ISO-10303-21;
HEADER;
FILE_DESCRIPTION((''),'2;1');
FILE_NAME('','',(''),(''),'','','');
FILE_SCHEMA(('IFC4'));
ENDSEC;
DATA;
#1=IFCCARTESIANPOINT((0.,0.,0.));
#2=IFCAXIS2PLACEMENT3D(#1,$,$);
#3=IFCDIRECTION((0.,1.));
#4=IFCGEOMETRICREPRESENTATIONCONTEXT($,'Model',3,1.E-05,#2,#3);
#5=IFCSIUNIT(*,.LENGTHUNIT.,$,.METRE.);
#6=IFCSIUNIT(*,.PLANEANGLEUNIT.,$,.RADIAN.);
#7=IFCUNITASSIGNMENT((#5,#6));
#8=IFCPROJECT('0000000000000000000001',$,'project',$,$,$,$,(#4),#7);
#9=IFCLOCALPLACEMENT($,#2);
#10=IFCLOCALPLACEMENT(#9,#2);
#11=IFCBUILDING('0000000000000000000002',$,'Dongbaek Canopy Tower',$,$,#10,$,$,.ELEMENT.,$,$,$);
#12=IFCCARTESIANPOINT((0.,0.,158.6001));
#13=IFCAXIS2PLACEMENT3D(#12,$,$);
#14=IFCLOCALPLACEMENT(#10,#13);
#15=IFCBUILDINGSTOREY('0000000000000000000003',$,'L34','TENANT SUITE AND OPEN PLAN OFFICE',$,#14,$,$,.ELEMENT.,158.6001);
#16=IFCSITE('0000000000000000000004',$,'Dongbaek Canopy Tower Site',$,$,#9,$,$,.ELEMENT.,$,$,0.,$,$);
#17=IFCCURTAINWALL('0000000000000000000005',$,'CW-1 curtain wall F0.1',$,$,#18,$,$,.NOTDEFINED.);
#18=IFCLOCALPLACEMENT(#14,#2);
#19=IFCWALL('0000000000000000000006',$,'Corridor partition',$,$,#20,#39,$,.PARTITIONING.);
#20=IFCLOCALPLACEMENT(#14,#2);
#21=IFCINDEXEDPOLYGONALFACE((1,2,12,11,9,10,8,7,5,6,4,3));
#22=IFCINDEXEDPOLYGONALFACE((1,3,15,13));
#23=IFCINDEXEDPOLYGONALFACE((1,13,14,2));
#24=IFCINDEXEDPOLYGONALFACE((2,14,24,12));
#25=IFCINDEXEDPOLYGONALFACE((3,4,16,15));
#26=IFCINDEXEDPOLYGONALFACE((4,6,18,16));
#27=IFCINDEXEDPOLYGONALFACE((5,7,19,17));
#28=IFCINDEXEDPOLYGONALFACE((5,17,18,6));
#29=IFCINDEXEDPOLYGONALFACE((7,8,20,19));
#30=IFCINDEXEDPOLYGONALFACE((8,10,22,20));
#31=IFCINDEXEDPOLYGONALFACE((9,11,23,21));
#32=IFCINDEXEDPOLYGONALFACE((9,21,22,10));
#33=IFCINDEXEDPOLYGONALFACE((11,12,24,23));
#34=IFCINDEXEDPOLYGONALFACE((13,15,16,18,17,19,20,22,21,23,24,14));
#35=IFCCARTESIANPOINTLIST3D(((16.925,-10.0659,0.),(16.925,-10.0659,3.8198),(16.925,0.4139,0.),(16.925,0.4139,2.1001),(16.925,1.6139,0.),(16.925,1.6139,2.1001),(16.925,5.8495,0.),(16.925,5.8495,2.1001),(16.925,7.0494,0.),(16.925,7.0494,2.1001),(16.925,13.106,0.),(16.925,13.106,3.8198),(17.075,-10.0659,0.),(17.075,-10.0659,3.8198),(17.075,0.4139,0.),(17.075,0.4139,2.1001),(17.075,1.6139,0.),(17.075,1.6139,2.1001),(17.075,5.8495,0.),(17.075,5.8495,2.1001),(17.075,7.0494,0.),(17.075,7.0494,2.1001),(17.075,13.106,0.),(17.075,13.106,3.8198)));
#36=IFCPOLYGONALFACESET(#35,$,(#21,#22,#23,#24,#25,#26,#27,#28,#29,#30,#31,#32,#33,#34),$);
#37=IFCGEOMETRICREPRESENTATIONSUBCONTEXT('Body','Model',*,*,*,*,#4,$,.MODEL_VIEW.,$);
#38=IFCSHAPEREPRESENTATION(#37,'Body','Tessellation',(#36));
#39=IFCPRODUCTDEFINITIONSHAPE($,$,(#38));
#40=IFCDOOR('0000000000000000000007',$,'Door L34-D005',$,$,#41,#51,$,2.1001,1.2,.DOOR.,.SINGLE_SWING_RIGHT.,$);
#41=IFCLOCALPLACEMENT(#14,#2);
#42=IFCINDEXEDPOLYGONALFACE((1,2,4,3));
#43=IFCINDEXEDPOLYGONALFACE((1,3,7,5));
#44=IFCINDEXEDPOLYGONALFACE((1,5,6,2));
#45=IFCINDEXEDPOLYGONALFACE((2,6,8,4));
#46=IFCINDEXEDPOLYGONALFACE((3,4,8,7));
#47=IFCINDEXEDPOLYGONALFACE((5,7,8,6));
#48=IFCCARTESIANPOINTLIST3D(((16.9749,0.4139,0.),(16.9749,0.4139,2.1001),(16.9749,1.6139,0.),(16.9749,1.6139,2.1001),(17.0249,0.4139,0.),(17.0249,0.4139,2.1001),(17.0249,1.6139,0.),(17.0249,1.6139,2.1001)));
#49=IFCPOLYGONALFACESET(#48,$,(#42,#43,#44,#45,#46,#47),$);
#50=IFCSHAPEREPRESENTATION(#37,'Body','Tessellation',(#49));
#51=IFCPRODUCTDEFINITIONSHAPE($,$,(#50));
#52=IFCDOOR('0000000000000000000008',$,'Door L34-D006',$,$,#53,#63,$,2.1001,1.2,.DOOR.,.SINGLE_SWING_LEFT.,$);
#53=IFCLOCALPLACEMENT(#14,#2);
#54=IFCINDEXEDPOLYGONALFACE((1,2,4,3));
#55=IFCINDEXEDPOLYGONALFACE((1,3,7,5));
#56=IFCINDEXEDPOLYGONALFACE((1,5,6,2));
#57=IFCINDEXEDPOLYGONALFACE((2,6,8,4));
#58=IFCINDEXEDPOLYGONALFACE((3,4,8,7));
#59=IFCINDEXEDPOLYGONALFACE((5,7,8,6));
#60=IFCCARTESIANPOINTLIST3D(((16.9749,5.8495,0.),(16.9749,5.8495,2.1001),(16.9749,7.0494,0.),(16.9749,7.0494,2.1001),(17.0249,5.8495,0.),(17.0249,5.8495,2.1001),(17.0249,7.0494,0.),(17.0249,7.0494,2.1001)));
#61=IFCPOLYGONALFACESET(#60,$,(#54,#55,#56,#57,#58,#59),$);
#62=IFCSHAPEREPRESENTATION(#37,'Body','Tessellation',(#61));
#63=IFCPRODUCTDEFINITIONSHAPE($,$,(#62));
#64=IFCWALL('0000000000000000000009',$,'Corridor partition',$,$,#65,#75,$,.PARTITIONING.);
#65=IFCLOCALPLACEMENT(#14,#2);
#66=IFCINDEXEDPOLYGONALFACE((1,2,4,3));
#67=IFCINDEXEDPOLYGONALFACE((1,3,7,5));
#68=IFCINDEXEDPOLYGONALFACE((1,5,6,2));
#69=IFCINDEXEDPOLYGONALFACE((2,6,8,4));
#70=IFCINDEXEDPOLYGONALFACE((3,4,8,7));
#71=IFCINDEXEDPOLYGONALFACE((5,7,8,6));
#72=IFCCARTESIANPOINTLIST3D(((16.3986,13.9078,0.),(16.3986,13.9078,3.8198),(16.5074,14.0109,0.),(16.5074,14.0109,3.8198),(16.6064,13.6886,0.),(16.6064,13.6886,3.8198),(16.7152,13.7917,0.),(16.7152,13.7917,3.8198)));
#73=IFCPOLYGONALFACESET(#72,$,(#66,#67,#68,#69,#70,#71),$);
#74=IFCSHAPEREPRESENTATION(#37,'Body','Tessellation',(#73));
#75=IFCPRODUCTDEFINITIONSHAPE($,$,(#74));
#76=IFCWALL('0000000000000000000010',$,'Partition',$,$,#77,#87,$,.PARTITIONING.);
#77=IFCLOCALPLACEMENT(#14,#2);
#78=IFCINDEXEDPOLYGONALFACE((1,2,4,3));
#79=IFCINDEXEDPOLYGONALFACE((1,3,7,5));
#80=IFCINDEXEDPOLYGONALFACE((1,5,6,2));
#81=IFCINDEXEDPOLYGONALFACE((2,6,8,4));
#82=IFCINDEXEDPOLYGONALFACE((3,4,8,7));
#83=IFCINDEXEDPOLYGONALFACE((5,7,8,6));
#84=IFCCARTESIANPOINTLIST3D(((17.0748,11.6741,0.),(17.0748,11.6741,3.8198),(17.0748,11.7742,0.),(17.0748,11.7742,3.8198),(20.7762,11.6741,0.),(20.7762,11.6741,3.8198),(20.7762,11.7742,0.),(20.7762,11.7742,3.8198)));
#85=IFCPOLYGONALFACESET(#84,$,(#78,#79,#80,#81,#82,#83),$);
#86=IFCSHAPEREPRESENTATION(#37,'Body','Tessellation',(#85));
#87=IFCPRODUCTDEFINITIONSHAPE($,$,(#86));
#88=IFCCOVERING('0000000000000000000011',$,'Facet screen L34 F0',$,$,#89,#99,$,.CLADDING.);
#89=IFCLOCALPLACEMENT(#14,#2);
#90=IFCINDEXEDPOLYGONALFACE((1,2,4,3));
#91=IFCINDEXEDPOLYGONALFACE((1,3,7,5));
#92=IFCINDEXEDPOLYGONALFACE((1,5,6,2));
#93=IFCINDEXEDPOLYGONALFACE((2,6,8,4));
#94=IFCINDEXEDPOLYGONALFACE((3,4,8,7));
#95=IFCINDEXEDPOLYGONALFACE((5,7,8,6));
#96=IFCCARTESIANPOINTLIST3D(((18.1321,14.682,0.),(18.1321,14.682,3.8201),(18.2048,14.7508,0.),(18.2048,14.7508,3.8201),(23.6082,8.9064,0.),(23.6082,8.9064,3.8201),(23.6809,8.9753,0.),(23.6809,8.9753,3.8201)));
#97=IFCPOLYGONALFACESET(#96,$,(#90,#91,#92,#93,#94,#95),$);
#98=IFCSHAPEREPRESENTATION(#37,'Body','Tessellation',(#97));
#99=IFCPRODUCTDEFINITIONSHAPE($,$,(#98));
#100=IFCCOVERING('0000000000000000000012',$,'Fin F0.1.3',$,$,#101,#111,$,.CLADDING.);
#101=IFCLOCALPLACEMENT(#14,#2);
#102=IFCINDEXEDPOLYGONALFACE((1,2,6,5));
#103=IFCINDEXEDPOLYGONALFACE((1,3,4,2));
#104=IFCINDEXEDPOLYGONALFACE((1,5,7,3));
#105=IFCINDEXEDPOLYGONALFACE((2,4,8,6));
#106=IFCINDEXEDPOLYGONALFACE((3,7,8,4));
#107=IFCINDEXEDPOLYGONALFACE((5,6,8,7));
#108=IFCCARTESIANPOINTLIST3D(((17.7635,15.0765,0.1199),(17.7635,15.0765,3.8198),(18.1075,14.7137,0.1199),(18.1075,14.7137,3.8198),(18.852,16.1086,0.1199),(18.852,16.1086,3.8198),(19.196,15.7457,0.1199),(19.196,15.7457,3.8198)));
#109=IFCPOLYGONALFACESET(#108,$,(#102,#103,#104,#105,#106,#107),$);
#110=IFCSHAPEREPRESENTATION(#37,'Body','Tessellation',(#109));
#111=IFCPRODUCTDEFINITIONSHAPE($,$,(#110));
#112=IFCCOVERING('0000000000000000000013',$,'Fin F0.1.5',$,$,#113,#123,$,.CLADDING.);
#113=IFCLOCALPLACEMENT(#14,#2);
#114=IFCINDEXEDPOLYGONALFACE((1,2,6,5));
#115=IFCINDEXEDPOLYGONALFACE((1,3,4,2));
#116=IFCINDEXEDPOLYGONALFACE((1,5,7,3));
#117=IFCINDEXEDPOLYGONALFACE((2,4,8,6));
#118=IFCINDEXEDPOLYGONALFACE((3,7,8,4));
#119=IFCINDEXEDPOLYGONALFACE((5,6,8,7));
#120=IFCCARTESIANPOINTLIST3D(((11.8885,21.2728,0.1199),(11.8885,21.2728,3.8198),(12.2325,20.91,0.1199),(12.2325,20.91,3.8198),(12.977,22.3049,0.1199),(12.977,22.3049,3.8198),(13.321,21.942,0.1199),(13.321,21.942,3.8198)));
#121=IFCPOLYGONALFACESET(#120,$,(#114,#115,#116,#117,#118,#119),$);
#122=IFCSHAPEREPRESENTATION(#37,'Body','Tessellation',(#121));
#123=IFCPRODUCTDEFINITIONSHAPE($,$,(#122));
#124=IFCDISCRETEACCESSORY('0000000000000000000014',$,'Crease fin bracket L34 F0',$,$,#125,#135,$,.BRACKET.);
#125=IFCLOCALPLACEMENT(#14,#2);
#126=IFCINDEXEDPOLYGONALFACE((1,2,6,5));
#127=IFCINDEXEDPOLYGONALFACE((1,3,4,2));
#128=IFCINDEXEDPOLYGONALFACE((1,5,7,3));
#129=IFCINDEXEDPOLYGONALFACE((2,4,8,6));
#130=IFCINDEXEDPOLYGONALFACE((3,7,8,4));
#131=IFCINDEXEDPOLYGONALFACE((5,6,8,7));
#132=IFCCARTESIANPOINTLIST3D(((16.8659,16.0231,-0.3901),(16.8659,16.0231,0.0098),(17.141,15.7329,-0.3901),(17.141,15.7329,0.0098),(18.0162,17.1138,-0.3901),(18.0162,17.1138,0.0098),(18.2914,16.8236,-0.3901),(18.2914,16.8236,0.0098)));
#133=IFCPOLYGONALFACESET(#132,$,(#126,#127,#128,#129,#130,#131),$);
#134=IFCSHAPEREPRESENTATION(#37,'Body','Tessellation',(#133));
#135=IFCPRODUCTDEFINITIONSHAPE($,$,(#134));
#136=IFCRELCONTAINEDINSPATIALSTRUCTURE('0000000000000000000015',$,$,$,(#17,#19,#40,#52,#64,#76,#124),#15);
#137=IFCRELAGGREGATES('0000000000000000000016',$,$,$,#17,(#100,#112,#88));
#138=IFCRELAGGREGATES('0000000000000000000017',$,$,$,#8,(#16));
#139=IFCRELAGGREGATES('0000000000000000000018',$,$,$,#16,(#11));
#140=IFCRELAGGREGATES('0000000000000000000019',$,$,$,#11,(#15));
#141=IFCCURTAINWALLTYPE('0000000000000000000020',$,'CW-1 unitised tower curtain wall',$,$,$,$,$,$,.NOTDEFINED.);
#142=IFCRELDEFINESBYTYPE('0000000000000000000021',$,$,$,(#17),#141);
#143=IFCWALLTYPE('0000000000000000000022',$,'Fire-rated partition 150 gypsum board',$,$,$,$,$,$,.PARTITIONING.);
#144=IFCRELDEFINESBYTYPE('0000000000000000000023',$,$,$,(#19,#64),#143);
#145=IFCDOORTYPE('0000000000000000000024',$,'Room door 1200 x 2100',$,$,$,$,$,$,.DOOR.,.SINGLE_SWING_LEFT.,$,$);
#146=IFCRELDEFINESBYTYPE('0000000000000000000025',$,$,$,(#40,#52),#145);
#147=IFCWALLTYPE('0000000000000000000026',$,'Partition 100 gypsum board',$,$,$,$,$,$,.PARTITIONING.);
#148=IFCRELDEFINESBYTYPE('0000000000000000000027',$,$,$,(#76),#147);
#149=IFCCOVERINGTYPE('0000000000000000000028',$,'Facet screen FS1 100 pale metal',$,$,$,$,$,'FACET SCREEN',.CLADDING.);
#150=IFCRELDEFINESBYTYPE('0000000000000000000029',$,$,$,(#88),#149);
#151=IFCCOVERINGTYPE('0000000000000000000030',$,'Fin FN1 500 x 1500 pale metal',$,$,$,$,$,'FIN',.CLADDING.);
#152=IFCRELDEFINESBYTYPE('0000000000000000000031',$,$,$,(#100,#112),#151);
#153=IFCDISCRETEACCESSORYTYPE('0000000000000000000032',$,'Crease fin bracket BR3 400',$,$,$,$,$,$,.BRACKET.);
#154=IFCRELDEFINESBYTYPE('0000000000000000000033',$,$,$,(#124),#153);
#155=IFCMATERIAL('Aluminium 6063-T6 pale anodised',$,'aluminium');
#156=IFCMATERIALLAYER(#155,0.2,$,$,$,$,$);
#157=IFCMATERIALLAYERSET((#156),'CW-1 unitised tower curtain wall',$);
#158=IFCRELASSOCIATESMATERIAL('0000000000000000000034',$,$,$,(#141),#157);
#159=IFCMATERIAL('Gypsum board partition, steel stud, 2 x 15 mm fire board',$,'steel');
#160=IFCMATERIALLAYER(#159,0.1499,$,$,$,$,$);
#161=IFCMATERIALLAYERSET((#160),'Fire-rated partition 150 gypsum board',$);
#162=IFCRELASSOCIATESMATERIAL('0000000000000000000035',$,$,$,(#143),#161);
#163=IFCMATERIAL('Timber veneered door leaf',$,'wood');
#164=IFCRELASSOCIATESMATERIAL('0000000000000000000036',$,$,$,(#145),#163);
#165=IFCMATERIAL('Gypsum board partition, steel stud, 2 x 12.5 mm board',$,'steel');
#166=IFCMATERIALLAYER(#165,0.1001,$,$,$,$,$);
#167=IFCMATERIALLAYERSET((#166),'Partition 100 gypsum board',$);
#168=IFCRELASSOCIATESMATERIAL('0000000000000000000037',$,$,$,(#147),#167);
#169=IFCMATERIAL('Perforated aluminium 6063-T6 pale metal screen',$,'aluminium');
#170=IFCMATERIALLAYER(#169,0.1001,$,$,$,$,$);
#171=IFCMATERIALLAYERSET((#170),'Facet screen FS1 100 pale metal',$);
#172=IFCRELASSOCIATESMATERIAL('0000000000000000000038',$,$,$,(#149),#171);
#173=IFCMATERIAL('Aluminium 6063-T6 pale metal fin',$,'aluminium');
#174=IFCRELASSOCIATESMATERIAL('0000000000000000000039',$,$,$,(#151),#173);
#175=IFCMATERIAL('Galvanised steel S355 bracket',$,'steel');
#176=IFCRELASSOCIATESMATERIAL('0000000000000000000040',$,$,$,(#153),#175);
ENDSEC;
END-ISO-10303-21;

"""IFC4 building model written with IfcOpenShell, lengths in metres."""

from ifc_helpers import new_model, si_unit, direction, frame, frame_2d, origin, origin_2d, place, context, subcontext, project, spatial, rectangle, extrude, material, layer, layer_set, material_profile, profile_set, type_object, element, fill, aggregate, save


model = new_model("IFC4")

# Units and contexts
model_context = context("Model", 3, precision=1e-05, world=origin(), true_north=direction((0.0, 1.0)))
body_context = subcontext(model_context, "Body", "Model", "MODEL_VIEW")
ifc_project = project(units=[si_unit("LENGTHUNIT", "METRE"), si_unit("PLANEANGLEUNIT", "RADIAN")], contexts=[model_context])

# Site, building, storey
site_placement = place(None, origin())
site = spatial("IfcSite", under=ifc_project, at=site_placement, Name="Dongbaek Canopy Tower Site", CompositionType="ELEMENT", RefElevation=0.0)
building_placement = place(site_placement, origin())
building = spatial("IfcBuilding", under=site, at=building_placement, Name="Dongbaek Canopy Tower", CompositionType="ELEMENT")
storey_placement = place(building_placement, frame((0.0, 0.0, 158.6001)))
storey = spatial("IfcBuildingStorey", under=building, at=storey_placement, Name="L34", Description="TENANT SUITE AND OPEN PLAN OFFICE", CompositionType="ELEMENT", Elevation=158.6001)

# Curtain wall
ifc_material_1 = material(Name="Aluminium 6063-T6 pale anodised", Category="aluminium")
ifc_layer_1 = layer(ifc_material_1, 0.2)
ifc_layer_set_1 = layer_set([ifc_layer_1], Name="CW-1 unitised tower curtain wall")
curtain_wall_type = type_object("IfcCurtainWallType", Name="CW-1 unitised tower curtain wall", PredefinedType="NOTDEFINED", material=ifc_layer_set_1)
curtain_wall_placement = place(storey_placement, origin())
curtain_wall = element("IfcCurtainWall", 1, at=curtain_wall_placement, inside=storey, type_object=curtain_wall_type, Name="CW-1 curtain wall F0.1", PredefinedType="NOTDEFINED")

# Wall, openings, doors
ifc_material_2 = material(Name="Gypsum board partition, steel stud, 2 x 15 mm fire board", Category="steel")
ifc_layer_2 = layer(ifc_material_2, 0.1499)
ifc_layer_set_2 = layer_set([ifc_layer_2], Name="Fire-rated partition 150 gypsum board")
wall_type_1 = type_object("IfcWallType", Name="Fire-rated partition 150 gypsum board", PredefinedType="PARTITIONING", material=ifc_layer_set_2)
wall_1_placement = place(storey_placement, frame((17.0, 13.106, 0.0), z_axis=(0.0, 0.0, 1.0), x_axis=(0.0, -1.0, 0.0)))
wall_1 = element("IfcWall", 2, at=wall_1_placement, inside=storey, type_object=wall_type_1, Name="Corridor partition", PredefinedType="PARTITIONING", context=body_context, shape_type="SweptSolid", body=[
    extrude(rectangle(XDim=23.1719, YDim=0.1499, at=frame_2d((11.5859, 0.0))), origin(), (0.0, 0.0, 1.0), 3.8198),
])
opening_1_placement = place(wall_1_placement, frame((11.4919, 0.0, 0.0)))
opening_1 = element("IfcOpeningElement", 3, at=opening_1_placement, cuts=wall_1, PredefinedType="OPENING", context=body_context, shape_type="SweptSolid", body=[
    extrude(rectangle(XDim=1.2, YDim=2.1001, at=frame_2d((0.6001, 1.05))), frame((0.0, 0.085, 0.0), z_axis=(0.0, -1.0, 0.0), x_axis=(1.0, 0.0, 0.0)), (0.0, 0.0, 1.0), 0.1699),
])
opening_2_placement = place(wall_1_placement, frame((6.0564, 0.0, 0.0)))
opening_2 = element("IfcOpeningElement", 4, at=opening_2_placement, cuts=wall_1, PredefinedType="OPENING", context=body_context, shape_type="SweptSolid", body=[
    extrude(rectangle(XDim=1.2, YDim=2.1001, at=frame_2d((0.6001, 1.05))), frame((0.0, 0.085, 0.0), z_axis=(0.0, -1.0, 0.0), x_axis=(1.0, 0.0, 0.0)), (0.0, 0.0, 1.0), 0.1699),
])
ifc_material_3 = material(Name="Timber veneered door leaf", Category="wood")
door_type = type_object("IfcDoorType", Name="Room door 1200 x 2100", OperationType="SINGLE_SWING_LEFT", PredefinedType="DOOR", material=ifc_material_3)
door_1_placement = place(opening_1_placement, origin())
door_1 = element("IfcDoor", 5, at=door_1_placement, inside=storey, type_object=door_type, Name="Door L34-D005", OperationType="SINGLE_SWING_RIGHT", OverallHeight=2.1001, OverallWidth=1.2, PredefinedType="DOOR", context=body_context, shape_type="SweptSolid", body=[
    extrude(rectangle(XDim=1.2, YDim=2.1001, at=frame_2d((0.6001, 1.05))), frame((0.0, 0.0249, 0.0), z_axis=(0.0, -1.0, 0.0), x_axis=(1.0, 0.0, 0.0)), (0.0, 0.0, 1.0), 0.05),
])
fill(opening_1, door_1)
door_2_placement = place(opening_2_placement, origin())
door_2 = element("IfcDoor", 6, at=door_2_placement, inside=storey, type_object=door_type, Name="Door L34-D006", OperationType="SINGLE_SWING_LEFT", OverallHeight=2.1001, OverallWidth=1.2, PredefinedType="DOOR", context=body_context, shape_type="SweptSolid", body=[
    extrude(rectangle(XDim=1.2, YDim=2.1001, at=frame_2d((0.6001, 1.05))), frame((0.0, 0.0249, 0.0), z_axis=(0.0, -1.0, 0.0), x_axis=(1.0, 0.0, 0.0)), (0.0, 0.0, 1.0), 0.05),
])
fill(opening_2, door_2)

# Walls
wall_2_placement = place(storey_placement, frame((16.4531, 13.9592, 0.0), z_axis=(0.0, 0.0, 1.0), x_axis=(0.687857, -0.725846, 0.0)))
element("IfcWall", 7, at=wall_2_placement, inside=storey, type_object=wall_type_1, Name="Corridor partition", PredefinedType="PARTITIONING", context=body_context, shape_type="SweptSolid", body=[
    extrude(rectangle(XDim=0.302, YDim=0.1499, at=frame_2d((0.1509, 0.0))), origin(), (0.0, 0.0, 1.0), 3.8198),
])
ifc_material_4 = material(Name="Gypsum board partition, steel stud, 2 x 12.5 mm board", Category="steel")
ifc_layer_3 = layer(ifc_material_4, 0.1001)
ifc_layer_set_3 = layer_set([ifc_layer_3], Name="Partition 100 gypsum board")
wall_type_2 = type_object("IfcWallType", Name="Partition 100 gypsum board", PredefinedType="PARTITIONING", material=ifc_layer_set_3)
wall_3_placement = place(storey_placement, frame((17.075, 11.7241, 0.0), z_axis=(0.0, 0.0, 1.0), x_axis=(1.0, 0.0, 0.0)))
element("IfcWall", 8, at=wall_3_placement, inside=storey, type_object=wall_type_2, Name="Partition", PredefinedType="PARTITIONING", context=body_context, shape_type="SweptSolid", body=[
    extrude(rectangle(XDim=3.7014, YDim=0.1001, at=frame_2d((1.8506, 0.0))), origin(), (0.0, 0.0, 1.0), 3.8198),
])

# Coverings
ifc_material_5 = material(Name="Perforated aluminium 6063-T6 pale metal screen", Category="aluminium")
ifc_layer_4 = layer(ifc_material_5, 0.1001)
ifc_layer_set_4 = layer_set([ifc_layer_4], Name="Facet screen FS1 100 pale metal")
covering_type_1 = type_object("IfcCoveringType", Name="Facet screen FS1 100 pale metal", ElementType="FACET SCREEN", PredefinedType="CLADDING", material=ifc_layer_set_4)
covering_1_placement = place(storey_placement, frame((20.9065, 11.8286, 0.0), z_axis=(0.0, 0.0, 1.0), x_axis=(-0.688043, 0.72567, 0.0)))
covering_1 = element("IfcCovering", 9, at=covering_1_placement, type_object=covering_type_1, Name="Facet screen L34 F0", PredefinedType="CLADDING", context=body_context, shape_type="SweptSolid", body=[
    extrude(rectangle(XDim=7.959, YDim=0.1001, at=origin_2d()), origin(), (0.0, 0.0, 1.0), 3.8201),
])
ifc_material_6 = material(Name="Aluminium 6063-T6 pale metal fin", Category="aluminium")
ifc_material_profile_1 = material_profile(ifc_material_6, rectangle(XDim=1.5, YDim=0.5, at=origin_2d()), Name="Fin FN1 500 x 1500 pale metal")
ifc_profile_set_1 = profile_set([ifc_material_profile_1], Name="Aluminium 6063-T6 pale metal fin")
covering_type_2 = type_object("IfcCoveringType", Name="Fin FN1 500 x 1500 pale metal", ElementType="FIN", PredefinedType="CLADDING", material=ifc_profile_set_1)
covering_2_placement = place(storey_placement, frame((18.4797, 15.4111, 0.1199), z_axis=(0.0, 0.0, 1.0), x_axis=(0.72567, 0.688043, 0.0)))
covering_2 = element("IfcCovering", 10, at=covering_2_placement, type_object=covering_type_2, Name="Fin F0.1.3", PredefinedType="CLADDING", context=body_context, shape_type="SweptSolid", body=[
    extrude(rectangle(XDim=1.5, YDim=0.5, at=origin_2d()), origin(), (0.0, 0.0, 1.0), 3.7),
])
covering_3_placement = place(storey_placement, frame((12.6047, 21.6074, 0.1199), z_axis=(0.0, 0.0, 1.0), x_axis=(0.72567, 0.688043, 0.0)))
covering_3 = element("IfcCovering", 11, at=covering_3_placement, type_object=covering_type_2, Name="Fin F0.1.5", PredefinedType="CLADDING", context=body_context, shape_type="SweptSolid", body=[
    extrude(rectangle(XDim=1.5, YDim=0.5, at=origin_2d()), origin(), (0.0, 0.0, 1.0), 3.7),
])
aggregate(curtain_wall, [covering_2, covering_3, covering_1])

# Discrete accessory
ifc_material_7 = material(Name="Galvanised steel S355 bracket", Category="steel")
discrete_accessory_type = type_object("IfcDiscreteAccessoryType", Name="Crease fin bracket BR3 400", PredefinedType="BRACKET", material=ifc_material_7)
discrete_accessory_placement = place(storey_placement, frame((17.5786, 16.4233, -0.3901), z_axis=(0.0, 0.0, 1.0), x_axis=(0.72567, 0.688043, 0.0)))
element("IfcDiscreteAccessory", 12, at=discrete_accessory_placement, inside=storey, type_object=discrete_accessory_type, Name="Crease fin bracket L34 F0", PredefinedType="BRACKET", context=body_context, shape_type="SweptSolid", body=[
    extrude(rectangle(XDim=1.5852, YDim=0.3999, at=origin_2d()), origin(), (0.0, 0.0, 1.0), 0.3999),
])

save(model, "model.ifc")
